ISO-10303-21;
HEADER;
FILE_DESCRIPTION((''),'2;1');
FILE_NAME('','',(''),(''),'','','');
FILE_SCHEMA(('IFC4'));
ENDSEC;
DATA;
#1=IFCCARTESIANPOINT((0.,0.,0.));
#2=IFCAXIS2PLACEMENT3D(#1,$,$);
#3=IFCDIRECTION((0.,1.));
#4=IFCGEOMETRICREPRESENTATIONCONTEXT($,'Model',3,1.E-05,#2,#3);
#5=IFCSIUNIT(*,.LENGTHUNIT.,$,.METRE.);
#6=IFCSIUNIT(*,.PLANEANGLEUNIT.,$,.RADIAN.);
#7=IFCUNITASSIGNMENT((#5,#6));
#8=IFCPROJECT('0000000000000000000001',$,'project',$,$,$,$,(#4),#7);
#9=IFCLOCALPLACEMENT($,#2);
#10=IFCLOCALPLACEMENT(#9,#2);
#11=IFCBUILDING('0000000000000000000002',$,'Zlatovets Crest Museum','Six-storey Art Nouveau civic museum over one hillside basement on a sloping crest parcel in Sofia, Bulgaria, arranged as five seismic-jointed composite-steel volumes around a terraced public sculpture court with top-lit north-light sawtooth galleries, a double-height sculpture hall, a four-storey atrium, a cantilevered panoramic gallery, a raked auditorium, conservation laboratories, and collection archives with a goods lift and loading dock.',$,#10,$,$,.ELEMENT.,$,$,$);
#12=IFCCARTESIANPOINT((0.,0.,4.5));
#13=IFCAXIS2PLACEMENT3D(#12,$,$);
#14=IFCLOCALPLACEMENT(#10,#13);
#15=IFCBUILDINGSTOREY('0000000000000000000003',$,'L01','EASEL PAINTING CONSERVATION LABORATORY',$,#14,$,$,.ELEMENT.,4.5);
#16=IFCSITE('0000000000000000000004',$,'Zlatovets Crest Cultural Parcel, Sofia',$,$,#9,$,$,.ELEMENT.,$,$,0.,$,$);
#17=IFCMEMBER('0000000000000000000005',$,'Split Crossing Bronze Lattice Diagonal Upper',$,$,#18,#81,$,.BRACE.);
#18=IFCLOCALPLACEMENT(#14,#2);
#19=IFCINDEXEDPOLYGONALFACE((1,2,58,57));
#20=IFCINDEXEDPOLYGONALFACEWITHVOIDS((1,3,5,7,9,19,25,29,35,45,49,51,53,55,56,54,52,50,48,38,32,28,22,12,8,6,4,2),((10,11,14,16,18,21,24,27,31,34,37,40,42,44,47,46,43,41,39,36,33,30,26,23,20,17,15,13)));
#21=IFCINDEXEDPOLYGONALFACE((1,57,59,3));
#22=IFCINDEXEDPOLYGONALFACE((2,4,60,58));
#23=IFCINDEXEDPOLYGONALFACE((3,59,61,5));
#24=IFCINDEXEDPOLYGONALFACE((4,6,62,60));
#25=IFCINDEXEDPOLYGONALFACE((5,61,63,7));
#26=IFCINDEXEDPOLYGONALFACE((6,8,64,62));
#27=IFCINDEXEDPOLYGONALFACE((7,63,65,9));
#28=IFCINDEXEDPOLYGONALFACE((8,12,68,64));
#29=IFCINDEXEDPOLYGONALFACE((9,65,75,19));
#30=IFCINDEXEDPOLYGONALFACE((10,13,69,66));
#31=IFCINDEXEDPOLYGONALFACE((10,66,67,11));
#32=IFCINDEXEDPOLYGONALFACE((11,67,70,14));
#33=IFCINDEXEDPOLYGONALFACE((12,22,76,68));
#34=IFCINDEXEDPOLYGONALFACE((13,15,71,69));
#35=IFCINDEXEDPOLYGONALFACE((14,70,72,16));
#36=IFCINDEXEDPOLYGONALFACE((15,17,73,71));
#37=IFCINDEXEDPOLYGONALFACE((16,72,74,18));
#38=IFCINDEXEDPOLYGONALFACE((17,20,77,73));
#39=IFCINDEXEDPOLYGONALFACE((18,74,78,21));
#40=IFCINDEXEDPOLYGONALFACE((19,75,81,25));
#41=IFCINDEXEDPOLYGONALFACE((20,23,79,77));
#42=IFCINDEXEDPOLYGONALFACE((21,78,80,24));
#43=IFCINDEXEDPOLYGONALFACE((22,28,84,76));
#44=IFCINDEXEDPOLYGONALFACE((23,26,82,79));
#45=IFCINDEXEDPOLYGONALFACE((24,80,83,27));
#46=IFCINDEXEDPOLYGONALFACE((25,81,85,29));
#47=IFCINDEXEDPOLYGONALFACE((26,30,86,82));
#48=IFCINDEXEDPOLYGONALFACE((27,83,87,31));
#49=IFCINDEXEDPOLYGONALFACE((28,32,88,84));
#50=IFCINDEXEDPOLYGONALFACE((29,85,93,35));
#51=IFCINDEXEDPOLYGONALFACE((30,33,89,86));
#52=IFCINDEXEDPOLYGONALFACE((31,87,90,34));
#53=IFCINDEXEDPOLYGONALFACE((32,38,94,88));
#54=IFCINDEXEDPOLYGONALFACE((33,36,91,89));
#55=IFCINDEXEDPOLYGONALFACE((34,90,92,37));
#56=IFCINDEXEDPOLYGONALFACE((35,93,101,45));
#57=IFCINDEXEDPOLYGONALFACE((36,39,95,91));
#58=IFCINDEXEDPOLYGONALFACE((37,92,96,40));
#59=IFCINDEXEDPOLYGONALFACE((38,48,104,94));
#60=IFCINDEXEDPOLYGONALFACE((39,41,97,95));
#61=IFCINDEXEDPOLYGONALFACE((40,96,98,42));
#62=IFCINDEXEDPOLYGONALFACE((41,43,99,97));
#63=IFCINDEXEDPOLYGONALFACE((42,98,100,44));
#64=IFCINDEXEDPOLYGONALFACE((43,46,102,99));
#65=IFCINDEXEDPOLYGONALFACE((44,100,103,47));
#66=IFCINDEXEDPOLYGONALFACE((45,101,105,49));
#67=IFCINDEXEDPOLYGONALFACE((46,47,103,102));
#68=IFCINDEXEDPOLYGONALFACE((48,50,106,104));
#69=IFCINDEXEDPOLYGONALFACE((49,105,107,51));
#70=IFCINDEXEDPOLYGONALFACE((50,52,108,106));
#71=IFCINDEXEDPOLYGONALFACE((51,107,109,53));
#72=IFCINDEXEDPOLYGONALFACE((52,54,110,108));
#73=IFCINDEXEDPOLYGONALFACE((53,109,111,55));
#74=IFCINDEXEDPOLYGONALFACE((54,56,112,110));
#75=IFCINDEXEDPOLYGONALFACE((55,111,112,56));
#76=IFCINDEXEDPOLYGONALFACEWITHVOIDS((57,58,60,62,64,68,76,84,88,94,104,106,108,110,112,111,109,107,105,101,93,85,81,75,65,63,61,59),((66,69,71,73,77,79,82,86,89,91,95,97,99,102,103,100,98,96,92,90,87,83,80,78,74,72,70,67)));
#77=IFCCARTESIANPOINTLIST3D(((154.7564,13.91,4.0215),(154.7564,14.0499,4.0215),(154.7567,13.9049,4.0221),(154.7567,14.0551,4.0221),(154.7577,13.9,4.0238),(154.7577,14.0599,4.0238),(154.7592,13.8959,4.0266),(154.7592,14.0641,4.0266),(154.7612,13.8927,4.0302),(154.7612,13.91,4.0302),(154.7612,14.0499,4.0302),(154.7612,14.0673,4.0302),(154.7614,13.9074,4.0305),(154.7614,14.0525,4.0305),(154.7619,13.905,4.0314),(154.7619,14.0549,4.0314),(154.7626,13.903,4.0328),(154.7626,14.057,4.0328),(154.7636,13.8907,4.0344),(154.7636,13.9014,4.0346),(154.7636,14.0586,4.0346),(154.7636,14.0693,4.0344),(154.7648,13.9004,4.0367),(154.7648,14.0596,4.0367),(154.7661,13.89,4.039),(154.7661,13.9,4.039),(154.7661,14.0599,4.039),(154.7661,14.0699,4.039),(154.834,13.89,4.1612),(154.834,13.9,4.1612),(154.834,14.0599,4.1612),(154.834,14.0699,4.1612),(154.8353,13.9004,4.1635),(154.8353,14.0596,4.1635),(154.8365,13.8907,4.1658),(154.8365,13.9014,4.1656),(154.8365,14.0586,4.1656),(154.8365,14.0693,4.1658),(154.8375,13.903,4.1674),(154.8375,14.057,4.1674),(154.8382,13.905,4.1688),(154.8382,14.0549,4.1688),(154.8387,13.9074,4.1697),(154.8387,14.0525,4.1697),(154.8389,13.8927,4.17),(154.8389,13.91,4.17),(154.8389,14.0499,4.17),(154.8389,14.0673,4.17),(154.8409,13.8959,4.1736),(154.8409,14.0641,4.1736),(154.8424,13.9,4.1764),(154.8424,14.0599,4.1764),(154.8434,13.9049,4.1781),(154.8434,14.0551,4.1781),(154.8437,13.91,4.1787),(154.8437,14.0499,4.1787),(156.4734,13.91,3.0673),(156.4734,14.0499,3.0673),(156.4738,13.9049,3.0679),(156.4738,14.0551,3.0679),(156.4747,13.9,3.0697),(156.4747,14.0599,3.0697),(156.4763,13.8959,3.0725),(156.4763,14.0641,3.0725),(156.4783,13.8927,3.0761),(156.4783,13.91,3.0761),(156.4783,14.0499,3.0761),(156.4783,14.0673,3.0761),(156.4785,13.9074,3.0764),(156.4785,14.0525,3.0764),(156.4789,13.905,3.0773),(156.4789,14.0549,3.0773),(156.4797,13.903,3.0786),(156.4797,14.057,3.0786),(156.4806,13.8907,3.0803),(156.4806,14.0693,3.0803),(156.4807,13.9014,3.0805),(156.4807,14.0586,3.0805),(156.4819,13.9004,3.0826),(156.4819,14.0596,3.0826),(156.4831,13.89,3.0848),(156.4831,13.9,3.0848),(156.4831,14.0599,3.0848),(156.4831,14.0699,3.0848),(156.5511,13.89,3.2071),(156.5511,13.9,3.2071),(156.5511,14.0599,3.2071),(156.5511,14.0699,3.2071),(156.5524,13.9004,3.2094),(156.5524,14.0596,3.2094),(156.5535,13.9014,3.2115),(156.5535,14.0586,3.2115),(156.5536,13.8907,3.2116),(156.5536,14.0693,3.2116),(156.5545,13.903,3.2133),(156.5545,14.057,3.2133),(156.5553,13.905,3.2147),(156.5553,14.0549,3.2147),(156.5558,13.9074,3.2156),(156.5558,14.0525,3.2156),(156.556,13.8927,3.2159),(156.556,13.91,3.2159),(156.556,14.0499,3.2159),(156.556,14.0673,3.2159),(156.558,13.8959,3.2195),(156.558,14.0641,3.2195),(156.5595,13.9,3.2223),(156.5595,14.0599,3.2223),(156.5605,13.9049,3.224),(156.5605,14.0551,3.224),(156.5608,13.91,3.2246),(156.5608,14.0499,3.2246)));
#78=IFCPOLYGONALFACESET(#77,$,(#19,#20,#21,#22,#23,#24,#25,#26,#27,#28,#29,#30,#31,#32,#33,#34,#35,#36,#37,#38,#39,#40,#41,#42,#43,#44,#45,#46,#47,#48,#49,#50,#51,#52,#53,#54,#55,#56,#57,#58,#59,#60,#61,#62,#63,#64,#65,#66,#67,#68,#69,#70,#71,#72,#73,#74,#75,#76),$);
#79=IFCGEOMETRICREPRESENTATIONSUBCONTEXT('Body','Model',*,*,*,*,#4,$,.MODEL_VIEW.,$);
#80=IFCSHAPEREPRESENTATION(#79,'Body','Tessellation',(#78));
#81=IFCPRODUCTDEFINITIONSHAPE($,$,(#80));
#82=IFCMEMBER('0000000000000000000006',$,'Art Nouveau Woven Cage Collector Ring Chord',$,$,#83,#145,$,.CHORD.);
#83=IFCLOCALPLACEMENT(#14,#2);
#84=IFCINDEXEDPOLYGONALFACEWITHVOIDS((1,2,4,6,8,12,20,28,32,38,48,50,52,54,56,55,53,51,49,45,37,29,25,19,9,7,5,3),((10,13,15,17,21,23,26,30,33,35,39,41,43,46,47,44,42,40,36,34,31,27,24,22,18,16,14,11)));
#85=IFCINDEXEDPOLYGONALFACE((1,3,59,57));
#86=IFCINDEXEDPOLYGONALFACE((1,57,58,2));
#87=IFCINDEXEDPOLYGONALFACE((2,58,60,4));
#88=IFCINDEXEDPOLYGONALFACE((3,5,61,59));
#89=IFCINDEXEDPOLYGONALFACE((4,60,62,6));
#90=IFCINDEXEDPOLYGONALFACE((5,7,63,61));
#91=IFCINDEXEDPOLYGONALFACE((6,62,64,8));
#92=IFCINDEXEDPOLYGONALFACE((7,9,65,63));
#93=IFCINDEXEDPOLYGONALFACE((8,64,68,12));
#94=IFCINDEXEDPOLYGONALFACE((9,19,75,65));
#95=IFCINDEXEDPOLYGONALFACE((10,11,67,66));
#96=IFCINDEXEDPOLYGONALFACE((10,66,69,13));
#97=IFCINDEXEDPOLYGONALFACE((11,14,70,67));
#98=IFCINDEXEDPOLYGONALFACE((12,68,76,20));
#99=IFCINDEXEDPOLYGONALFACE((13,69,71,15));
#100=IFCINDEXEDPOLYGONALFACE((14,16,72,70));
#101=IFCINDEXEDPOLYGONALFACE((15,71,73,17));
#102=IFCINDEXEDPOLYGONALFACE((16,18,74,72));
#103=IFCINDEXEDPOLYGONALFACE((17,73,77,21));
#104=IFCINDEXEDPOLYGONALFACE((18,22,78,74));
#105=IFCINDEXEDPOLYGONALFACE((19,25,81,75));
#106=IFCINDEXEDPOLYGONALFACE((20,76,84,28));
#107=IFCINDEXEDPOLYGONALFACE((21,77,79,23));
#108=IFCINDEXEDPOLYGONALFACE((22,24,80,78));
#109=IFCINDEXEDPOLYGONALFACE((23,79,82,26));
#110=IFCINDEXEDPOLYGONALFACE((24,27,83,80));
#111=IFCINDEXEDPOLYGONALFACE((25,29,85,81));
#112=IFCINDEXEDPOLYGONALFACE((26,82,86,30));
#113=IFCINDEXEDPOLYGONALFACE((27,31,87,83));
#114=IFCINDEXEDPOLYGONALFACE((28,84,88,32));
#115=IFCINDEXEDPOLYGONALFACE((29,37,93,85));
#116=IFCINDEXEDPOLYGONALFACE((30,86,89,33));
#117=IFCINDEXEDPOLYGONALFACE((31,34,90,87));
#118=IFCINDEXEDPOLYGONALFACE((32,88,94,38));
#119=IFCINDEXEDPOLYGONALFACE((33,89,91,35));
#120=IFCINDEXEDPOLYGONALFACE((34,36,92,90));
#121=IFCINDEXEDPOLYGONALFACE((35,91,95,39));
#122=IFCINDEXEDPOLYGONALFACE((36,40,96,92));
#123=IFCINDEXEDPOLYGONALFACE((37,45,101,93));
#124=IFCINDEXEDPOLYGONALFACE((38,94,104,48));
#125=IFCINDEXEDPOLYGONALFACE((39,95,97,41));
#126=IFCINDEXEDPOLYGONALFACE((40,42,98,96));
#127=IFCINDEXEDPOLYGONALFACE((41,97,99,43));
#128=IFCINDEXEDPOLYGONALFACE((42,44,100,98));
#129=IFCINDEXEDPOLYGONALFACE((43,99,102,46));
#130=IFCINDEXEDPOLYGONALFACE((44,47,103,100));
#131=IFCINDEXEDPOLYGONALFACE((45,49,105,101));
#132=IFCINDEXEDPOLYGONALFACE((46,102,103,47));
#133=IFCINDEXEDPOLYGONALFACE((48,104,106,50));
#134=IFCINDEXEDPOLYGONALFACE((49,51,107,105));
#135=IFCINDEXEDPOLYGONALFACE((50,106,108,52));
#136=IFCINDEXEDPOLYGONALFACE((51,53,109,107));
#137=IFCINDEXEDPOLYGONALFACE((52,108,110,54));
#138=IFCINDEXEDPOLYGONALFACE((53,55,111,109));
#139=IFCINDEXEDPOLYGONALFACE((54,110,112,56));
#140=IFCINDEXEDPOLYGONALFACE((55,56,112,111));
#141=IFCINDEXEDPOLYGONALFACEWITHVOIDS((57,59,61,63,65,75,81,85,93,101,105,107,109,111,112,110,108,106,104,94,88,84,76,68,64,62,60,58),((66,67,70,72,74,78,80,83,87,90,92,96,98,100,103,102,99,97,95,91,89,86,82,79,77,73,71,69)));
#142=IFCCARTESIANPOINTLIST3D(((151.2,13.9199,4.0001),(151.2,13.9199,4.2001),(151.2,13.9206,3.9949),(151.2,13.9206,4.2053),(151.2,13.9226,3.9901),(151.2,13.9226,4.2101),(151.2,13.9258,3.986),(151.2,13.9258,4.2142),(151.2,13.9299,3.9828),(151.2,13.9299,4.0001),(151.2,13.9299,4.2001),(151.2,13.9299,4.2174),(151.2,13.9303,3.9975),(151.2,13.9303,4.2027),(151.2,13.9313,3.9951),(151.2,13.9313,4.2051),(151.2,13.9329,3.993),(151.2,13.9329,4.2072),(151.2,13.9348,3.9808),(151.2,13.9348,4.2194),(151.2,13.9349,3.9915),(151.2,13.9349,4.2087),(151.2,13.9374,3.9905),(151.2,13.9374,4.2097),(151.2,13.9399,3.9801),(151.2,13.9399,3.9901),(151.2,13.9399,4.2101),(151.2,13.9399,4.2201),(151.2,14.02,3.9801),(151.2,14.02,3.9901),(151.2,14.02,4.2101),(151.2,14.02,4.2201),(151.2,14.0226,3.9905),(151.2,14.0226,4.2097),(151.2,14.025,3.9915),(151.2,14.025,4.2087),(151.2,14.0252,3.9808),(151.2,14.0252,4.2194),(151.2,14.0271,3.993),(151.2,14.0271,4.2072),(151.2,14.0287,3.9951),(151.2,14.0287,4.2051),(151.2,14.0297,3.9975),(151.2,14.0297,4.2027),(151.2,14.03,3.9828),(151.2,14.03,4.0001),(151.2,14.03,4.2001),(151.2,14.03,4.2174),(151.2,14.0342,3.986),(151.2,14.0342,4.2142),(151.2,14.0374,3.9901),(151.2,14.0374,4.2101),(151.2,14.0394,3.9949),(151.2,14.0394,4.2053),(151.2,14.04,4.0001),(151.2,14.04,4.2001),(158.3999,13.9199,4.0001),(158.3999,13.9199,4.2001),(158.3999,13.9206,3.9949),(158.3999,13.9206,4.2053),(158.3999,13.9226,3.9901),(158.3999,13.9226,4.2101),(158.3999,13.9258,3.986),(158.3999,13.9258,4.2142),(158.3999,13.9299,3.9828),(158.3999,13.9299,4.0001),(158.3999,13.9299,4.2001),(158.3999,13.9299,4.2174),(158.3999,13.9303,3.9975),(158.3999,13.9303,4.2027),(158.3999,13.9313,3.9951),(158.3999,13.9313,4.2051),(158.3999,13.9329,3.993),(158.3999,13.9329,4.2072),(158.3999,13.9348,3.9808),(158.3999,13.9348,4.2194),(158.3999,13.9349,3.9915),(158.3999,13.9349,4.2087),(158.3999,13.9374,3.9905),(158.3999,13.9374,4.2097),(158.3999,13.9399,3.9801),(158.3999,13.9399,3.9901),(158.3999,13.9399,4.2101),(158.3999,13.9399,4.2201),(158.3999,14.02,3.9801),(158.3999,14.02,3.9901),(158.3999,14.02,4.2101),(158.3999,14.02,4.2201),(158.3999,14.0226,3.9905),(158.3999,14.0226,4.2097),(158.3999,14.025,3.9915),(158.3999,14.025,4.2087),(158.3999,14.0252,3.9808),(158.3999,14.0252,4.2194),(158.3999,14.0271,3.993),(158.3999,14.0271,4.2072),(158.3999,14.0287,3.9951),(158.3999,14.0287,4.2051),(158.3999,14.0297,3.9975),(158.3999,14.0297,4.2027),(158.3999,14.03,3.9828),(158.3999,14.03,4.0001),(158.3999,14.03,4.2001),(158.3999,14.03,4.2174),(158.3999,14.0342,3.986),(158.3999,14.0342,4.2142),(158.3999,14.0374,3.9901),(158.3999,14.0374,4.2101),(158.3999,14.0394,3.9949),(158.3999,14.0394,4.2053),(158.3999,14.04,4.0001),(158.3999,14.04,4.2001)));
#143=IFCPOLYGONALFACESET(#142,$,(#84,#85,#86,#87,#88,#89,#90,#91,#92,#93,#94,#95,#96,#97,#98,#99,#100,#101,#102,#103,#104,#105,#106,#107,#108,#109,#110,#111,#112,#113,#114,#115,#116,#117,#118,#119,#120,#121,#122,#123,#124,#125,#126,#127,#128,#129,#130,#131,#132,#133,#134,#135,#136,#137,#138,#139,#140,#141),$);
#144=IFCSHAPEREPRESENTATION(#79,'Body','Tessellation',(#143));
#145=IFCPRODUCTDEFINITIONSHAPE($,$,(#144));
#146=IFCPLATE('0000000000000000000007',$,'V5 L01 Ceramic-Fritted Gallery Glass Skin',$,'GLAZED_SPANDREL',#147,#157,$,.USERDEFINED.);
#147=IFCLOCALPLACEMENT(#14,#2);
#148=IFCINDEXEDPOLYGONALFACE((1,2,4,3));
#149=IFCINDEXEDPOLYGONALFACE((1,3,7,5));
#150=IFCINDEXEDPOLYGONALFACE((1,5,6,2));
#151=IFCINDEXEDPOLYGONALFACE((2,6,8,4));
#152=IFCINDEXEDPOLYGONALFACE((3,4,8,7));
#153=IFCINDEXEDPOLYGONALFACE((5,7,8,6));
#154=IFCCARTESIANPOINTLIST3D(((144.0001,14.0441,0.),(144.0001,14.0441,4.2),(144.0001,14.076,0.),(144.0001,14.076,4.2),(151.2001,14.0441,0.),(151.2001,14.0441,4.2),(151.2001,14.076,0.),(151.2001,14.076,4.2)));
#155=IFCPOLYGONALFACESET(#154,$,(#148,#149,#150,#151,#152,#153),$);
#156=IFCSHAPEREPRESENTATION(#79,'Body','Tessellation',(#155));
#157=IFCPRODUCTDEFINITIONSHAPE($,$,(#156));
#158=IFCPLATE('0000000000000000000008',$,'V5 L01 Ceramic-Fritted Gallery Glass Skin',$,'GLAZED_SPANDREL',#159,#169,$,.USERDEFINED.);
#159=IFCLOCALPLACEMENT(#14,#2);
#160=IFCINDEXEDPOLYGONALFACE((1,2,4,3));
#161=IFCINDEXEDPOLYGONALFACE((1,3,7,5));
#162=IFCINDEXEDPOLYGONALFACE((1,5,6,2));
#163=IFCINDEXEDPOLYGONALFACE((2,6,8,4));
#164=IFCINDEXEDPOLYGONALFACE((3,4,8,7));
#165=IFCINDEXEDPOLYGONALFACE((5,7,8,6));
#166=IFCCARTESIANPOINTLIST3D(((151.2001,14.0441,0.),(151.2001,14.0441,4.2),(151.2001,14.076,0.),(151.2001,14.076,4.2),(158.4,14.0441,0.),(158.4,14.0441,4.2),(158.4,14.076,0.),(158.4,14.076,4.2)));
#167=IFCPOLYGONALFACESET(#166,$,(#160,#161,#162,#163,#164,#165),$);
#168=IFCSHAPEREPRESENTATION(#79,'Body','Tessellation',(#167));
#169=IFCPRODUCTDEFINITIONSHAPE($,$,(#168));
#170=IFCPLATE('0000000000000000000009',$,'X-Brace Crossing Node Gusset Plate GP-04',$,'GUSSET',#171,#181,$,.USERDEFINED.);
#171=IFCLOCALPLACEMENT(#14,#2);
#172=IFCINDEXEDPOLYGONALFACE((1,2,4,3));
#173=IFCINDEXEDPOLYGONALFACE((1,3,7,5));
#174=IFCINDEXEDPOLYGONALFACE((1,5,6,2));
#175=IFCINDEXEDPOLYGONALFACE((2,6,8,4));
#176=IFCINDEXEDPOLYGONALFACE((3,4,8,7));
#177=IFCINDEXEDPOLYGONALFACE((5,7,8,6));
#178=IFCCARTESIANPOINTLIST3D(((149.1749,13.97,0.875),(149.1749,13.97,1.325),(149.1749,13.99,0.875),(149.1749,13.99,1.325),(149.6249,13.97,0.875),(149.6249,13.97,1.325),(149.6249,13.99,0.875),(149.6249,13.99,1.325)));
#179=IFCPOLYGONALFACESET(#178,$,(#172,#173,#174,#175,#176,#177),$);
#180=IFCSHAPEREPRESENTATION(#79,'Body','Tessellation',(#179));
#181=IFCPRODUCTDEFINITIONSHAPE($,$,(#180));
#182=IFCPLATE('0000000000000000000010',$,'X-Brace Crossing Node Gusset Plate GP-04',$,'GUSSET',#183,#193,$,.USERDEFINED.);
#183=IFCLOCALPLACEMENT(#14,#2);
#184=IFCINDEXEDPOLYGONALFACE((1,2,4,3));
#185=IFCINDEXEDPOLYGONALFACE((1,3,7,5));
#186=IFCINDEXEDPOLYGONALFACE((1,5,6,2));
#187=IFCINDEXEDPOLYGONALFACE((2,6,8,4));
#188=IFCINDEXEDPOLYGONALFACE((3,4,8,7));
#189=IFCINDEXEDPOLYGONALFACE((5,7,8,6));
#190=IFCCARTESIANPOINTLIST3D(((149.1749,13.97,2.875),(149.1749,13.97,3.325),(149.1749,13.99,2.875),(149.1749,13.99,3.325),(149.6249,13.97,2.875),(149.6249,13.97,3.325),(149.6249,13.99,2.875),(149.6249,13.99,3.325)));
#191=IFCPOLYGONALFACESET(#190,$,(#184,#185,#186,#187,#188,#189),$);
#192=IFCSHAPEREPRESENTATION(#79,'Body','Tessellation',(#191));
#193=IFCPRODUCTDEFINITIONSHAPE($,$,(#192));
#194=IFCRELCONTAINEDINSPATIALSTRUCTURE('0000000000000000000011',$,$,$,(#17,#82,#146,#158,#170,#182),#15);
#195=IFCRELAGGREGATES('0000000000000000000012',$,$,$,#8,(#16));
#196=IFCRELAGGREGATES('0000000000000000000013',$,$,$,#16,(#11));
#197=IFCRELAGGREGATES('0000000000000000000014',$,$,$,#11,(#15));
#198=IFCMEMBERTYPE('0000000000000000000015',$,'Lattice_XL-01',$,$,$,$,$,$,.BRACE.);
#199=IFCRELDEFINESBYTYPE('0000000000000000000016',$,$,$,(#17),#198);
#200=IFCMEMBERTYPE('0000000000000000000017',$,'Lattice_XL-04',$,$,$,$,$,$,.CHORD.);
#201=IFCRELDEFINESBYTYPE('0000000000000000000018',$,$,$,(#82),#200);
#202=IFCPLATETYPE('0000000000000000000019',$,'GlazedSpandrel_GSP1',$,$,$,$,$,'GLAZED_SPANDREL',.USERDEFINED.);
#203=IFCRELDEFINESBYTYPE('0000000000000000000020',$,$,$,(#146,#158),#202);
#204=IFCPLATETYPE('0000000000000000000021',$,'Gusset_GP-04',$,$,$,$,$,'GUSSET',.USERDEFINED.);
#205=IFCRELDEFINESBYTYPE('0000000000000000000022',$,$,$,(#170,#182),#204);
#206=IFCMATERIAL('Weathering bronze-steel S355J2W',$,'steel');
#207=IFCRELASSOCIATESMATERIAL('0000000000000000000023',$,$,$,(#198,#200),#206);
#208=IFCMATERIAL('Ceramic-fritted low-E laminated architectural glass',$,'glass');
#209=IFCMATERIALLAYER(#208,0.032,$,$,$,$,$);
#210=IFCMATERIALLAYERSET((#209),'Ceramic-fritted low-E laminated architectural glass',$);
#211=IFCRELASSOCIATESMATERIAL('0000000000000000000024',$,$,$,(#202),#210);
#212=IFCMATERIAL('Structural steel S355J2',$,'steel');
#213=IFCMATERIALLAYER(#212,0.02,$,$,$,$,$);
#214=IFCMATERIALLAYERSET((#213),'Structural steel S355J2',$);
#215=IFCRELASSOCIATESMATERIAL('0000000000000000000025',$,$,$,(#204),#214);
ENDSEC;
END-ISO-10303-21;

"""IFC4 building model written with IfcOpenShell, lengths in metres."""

from ifc_helpers import new_model, si_unit, direction, frame, origin, origin_2d, place, context, subcontext, project, spatial, rectangle, hollow_rectangle, extrude, material, layer, layer_set, material_profile, profile_set, type_object, element, save


model = new_model("IFC4")

# Units and contexts
model_context = context("Model", 3, precision=1e-05, world=origin(), true_north=direction((0.0, 1.0)))
body_context = subcontext(model_context, "Body", "Model", "MODEL_VIEW")
ifc_project = project(units=[si_unit("LENGTHUNIT", "METRE"), si_unit("PLANEANGLEUNIT", "RADIAN")], contexts=[model_context])

# Site, building, storey
site_placement = place(None, origin())
site = spatial("IfcSite", under=ifc_project, at=site_placement, Name="Zlatovets Crest Cultural Parcel, Sofia", CompositionType="ELEMENT", RefElevation=0.0)
building_placement = place(site_placement, origin())
building = spatial("IfcBuilding", under=site, at=building_placement, Name="Zlatovets Crest Museum", Description="Six-storey Art Nouveau civic museum over one hillside basement on a sloping crest parcel in Sofia, Bulgaria, arranged as five seismic-jointed composite-steel volumes around a terraced public sculpture court with top-lit north-light sawtooth galleries, a double-height sculpture hall, a four-storey atrium, a cantilevered panoramic gallery, a raked auditorium, conservation laboratories, and collection archives with a goods lift and loading dock.", CompositionType="ELEMENT")
storey_placement = place(building_placement, frame((0.0, 0.0, 4.5)))
storey = spatial("IfcBuildingStorey", under=building, at=storey_placement, Name="L01", Description="EASEL PAINTING CONSERVATION LABORATORY", CompositionType="ELEMENT", Elevation=4.5)

# Shared definitions
ifc_material_1 = material(Name="Structural steel S355J2", Category="steel")

# Members
ifc_material_2 = material(Name="Weathering bronze-steel S355J2W", Category="steel")
ifc_material_profile_1 = material_profile(ifc_material_2, hollow_rectangle(XDim=0.1799, YDim=0.1799, WallThickness=0.01, InnerFilletRadius=0.01, OuterFilletRadius=0.02, at=origin_2d()), Name="SHS 180x180x10.0")
ifc_profile_set_1 = profile_set([ifc_material_profile_1], Name="Weathering bronze-steel S355J2W")
member_type_1 = type_object("IfcMemberType", Name="Lattice_XL-01", PredefinedType="BRACE", material=ifc_profile_set_1)
member_1_placement = place(storey_placement, frame((154.8, 13.98, 4.1001), z_axis=(0.874116, 0.0, -0.485717), x_axis=(0.0, 1.0, 0.0)))
element("IfcMember", 1, at=member_1_placement, inside=storey, type_object=member_type_1, Name="Split Crossing Bronze Lattice Diagonal Upper", PredefinedType="BRACE", context=body_context, shape_type="SweptSolid", body=[
    extrude(hollow_rectangle(XDim=0.1799, YDim=0.1799, WallThickness=0.01, InnerFilletRadius=0.01, OuterFilletRadius=0.02, at=origin_2d()), origin(), (0.0, 0.0, 1.0), 1.9644),
])
ifc_material_profile_2 = material_profile(ifc_material_2, hollow_rectangle(XDim=0.1201, YDim=0.24, WallThickness=0.01, InnerFilletRadius=0.01, OuterFilletRadius=0.02, at=origin_2d()), Name="RHS 120x240x10.0")
ifc_profile_set_2 = profile_set([ifc_material_profile_2], Name="Weathering bronze-steel S355J2W")
member_type_2 = type_object("IfcMemberType", Name="Lattice_XL-04", PredefinedType="CHORD", material=ifc_profile_set_2)
member_2_placement = place(storey_placement, frame((151.2, 13.98, 4.1001), z_axis=(1.0, 0.0, 0.0), x_axis=(0.0, 1.0, 0.0)))
element("IfcMember", 2, at=member_2_placement, inside=storey, type_object=member_type_2, Name="Art Nouveau Woven Cage Collector Ring Chord", PredefinedType="CHORD", context=body_context, shape_type="SweptSolid", body=[
    extrude(hollow_rectangle(XDim=0.1201, YDim=0.24, WallThickness=0.01, InnerFilletRadius=0.01, OuterFilletRadius=0.02, at=origin_2d()), origin(), (0.0, 0.0, 1.0), 7.2),
])

# Plates
ifc_material_3 = material(Name="Ceramic-fritted low-E laminated architectural glass", Category="glass")
ifc_layer_1 = layer(ifc_material_3, 0.032)
ifc_layer_set_1 = layer_set([ifc_layer_1], Name="Ceramic-fritted low-E laminated architectural glass")
plate_type_1 = type_object("IfcPlateType", Name="GlazedSpandrel_GSP1", ElementType="GLAZED_SPANDREL", PredefinedType="USERDEFINED", material=ifc_layer_set_1)
for number, where, z_axis, x_axis, name in (
    (3, (147.6001, 14.0601, 0.0), (0.0, 0.0, 1.0), (1.0, 0.0, 0.0), "V5 L01 Ceramic-Fritted Gallery Glass Skin"),
    (4, (154.8, 14.0601, 0.0), (0.0, 0.0, 1.0), (1.0, 0.0, 0.0), "V5 L01 Ceramic-Fritted Gallery Glass Skin"),
):
    element("IfcPlate", number, at=place(storey_placement, frame(where, z_axis=z_axis, x_axis=x_axis)), inside=storey, type_object=plate_type_1, Name=name, ObjectType="GLAZED_SPANDREL", PredefinedType="USERDEFINED", context=body_context, shape_type="SweptSolid", body=[
        extrude(rectangle(XDim=7.2, YDim=0.032, at=origin_2d()), origin(), (0.0, 0.0, 1.0), 4.2),
    ])
ifc_layer_2 = layer(ifc_material_1, 0.02)
ifc_layer_set_2 = layer_set([ifc_layer_2], Name="Structural steel S355J2")
plate_type_2 = type_object("IfcPlateType", Name="Gusset_GP-04", ElementType="GUSSET", PredefinedType="USERDEFINED", material=ifc_layer_set_2)
for number, where, z_axis, x_axis, name in (
    (5, (149.3999, 13.98, 0.875), (0.0, 0.0, 1.0), (1.0, 0.0, 0.0), "X-Brace Crossing Node Gusset Plate GP-04"),
    (6, (149.3999, 13.98, 2.875), (0.0, 0.0, 1.0), (1.0, 0.0, 0.0), "X-Brace Crossing Node Gusset Plate GP-04"),
):
    element("IfcPlate", number, at=place(storey_placement, frame(where, z_axis=z_axis, x_axis=x_axis)), inside=storey, type_object=plate_type_2, Name=name, ObjectType="GUSSET", PredefinedType="USERDEFINED", context=body_context, shape_type="SweptSolid", body=[
        extrude(rectangle(XDim=0.45, YDim=0.02, at=origin_2d()), origin(), (0.0, 0.0, 1.0), 0.45),
    ])

save(model, "model.ifc")
